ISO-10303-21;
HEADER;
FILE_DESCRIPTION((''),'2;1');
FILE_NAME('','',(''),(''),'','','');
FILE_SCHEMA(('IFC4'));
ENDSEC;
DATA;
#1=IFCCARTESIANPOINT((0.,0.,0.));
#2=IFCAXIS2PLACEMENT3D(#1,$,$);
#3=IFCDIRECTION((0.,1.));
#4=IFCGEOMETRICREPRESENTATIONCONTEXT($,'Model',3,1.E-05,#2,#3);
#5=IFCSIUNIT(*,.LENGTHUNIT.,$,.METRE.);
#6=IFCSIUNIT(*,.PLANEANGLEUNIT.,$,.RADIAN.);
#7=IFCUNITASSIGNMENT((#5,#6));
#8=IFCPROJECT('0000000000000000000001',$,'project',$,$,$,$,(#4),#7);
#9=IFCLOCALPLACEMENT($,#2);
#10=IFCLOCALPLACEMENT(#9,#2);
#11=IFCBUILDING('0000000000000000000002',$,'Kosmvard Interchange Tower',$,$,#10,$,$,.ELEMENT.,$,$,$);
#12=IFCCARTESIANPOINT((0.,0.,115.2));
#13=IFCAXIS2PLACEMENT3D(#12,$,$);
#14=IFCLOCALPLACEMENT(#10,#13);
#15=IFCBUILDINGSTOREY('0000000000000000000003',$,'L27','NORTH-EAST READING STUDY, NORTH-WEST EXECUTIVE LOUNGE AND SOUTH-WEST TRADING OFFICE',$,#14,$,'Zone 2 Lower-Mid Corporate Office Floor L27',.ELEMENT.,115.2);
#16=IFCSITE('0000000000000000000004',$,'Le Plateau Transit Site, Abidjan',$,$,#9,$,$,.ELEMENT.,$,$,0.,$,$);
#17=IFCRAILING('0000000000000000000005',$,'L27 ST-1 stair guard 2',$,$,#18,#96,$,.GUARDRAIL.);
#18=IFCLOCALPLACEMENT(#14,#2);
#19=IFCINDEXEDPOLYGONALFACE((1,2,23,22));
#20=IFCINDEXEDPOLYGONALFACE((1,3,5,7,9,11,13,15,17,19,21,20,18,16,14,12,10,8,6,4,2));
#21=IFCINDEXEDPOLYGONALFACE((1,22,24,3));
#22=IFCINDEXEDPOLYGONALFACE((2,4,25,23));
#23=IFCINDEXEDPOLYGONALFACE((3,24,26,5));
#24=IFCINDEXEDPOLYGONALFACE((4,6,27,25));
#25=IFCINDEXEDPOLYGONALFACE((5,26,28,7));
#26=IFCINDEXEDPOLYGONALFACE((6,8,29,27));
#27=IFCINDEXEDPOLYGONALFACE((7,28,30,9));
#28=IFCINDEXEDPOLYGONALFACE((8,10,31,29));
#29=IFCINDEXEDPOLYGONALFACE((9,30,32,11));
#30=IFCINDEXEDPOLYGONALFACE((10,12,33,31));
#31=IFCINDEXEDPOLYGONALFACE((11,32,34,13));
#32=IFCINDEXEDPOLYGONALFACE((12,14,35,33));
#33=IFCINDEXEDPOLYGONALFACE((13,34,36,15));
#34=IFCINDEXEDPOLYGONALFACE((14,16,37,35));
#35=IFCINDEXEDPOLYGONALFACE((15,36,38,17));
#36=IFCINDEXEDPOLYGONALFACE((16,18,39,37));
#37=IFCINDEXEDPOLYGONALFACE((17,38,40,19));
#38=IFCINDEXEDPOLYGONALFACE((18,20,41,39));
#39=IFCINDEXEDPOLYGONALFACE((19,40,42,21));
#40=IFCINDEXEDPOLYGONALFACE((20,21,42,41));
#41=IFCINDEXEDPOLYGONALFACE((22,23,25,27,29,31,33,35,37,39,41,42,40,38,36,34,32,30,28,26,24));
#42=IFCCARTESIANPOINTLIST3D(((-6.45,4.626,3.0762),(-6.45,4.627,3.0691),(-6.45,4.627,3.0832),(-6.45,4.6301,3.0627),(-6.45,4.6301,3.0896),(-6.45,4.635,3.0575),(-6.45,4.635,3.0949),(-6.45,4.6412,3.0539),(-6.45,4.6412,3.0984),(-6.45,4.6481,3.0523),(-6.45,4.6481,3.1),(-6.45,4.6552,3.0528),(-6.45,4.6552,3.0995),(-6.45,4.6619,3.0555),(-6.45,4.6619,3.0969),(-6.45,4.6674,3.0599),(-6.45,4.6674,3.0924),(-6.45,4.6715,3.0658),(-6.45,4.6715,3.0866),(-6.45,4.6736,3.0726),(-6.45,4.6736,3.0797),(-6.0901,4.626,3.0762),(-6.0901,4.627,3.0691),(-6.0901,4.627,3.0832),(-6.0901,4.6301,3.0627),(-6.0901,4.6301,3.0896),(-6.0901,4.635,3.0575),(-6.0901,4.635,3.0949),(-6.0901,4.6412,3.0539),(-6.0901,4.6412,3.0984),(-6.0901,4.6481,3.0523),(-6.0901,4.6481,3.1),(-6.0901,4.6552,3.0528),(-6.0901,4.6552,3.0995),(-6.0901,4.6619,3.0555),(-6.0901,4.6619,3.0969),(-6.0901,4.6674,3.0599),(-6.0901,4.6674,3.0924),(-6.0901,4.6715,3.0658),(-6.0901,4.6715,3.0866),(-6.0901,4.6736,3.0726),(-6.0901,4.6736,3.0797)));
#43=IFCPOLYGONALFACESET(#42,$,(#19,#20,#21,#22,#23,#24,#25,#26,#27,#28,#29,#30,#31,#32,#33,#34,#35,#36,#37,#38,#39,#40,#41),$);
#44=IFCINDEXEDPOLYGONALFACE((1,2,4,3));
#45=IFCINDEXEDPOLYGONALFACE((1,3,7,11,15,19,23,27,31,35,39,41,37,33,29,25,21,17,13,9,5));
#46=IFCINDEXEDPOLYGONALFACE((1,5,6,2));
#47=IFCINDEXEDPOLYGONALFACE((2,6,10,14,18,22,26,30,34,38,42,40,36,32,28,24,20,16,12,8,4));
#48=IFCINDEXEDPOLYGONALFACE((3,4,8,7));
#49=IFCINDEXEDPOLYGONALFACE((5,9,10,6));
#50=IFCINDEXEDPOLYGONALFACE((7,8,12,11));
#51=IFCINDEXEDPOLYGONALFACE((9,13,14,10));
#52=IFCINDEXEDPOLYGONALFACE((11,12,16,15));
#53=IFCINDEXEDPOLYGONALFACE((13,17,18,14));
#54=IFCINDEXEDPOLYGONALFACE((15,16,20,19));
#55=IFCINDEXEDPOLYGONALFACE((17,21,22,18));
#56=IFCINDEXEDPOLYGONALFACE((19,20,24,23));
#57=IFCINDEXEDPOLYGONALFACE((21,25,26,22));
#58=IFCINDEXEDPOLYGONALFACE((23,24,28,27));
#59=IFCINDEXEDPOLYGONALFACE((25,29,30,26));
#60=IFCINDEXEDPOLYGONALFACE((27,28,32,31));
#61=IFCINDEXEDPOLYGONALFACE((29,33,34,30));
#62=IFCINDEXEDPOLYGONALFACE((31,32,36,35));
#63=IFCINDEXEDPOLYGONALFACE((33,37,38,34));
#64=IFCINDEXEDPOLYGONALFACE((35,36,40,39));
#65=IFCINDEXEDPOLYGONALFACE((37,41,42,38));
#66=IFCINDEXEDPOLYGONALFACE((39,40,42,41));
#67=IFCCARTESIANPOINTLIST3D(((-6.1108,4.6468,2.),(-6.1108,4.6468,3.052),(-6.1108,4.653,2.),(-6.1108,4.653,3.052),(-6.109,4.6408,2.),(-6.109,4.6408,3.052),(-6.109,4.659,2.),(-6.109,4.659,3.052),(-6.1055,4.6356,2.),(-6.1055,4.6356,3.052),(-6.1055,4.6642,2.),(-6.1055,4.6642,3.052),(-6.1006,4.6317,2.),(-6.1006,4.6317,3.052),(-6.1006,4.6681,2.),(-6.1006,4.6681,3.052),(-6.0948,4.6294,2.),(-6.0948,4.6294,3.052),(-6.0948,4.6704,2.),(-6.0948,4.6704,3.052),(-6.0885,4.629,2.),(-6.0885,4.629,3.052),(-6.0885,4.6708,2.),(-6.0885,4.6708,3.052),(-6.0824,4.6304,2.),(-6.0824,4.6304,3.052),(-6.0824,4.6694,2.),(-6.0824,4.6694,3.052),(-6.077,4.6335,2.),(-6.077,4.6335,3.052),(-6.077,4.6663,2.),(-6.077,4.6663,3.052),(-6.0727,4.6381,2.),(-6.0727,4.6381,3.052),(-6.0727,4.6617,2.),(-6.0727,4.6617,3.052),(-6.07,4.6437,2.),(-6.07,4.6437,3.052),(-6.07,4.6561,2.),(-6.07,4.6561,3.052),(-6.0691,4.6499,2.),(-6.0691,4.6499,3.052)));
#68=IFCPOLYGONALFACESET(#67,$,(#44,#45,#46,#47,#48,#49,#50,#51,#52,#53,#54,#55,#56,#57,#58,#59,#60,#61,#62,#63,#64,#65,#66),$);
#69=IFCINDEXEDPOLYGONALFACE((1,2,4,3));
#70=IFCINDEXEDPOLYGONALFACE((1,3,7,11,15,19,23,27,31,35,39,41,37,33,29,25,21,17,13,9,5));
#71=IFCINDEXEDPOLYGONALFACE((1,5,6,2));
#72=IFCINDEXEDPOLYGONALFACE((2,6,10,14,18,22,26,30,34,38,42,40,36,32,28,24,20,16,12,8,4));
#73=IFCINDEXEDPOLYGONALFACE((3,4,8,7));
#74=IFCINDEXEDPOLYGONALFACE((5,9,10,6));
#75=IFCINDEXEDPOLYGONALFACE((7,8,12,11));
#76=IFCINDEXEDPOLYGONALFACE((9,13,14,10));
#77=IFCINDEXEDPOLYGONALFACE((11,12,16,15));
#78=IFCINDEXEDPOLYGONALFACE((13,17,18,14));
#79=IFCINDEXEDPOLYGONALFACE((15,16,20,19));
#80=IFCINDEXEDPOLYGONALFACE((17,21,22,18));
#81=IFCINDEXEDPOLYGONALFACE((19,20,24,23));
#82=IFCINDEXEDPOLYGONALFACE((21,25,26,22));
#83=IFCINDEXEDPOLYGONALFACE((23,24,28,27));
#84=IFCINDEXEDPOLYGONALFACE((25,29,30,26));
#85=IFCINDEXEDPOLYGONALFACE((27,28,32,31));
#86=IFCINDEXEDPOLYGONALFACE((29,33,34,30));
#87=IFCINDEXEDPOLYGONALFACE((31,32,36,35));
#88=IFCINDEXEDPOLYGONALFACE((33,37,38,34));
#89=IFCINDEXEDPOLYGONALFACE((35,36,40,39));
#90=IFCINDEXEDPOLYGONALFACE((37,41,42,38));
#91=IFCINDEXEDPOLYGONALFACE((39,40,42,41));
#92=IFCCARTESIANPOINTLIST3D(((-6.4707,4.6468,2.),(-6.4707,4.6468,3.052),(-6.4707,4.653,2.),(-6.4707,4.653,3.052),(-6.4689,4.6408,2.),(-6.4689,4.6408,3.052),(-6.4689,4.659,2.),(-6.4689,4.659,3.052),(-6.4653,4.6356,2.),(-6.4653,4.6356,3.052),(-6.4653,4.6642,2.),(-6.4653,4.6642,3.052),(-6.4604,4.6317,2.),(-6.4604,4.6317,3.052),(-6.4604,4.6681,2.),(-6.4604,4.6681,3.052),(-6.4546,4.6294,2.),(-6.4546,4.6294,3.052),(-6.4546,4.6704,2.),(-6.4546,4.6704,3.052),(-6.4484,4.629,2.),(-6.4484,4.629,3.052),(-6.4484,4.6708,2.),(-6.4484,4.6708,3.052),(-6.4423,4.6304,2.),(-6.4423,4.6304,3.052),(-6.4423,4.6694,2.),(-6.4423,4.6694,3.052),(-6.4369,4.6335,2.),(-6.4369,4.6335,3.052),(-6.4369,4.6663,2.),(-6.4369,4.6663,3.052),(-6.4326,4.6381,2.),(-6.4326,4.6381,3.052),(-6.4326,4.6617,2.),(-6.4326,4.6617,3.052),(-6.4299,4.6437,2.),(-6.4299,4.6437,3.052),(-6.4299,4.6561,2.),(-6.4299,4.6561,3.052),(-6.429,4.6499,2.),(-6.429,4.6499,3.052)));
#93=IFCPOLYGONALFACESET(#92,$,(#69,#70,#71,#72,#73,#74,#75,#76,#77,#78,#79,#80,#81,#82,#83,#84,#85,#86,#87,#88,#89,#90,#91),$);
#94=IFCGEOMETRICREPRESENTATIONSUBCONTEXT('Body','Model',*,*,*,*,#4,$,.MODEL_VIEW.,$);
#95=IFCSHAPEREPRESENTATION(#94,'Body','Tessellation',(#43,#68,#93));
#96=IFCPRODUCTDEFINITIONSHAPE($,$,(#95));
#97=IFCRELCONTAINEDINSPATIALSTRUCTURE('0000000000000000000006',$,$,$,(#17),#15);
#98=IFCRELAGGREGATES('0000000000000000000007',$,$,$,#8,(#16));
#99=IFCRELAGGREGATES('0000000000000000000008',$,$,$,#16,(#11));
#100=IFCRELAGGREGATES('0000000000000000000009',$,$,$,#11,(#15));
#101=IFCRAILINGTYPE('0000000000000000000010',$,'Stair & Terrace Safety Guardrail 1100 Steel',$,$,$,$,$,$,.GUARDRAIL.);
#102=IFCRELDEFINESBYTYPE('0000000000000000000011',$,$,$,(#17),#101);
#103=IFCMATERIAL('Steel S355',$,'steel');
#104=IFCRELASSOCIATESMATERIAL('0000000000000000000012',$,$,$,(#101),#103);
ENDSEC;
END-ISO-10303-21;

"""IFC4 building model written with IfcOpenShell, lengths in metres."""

from ifc_helpers import new_model, si_unit, direction, frame, origin, origin_2d, place, context, subcontext, project, spatial, circle, extrude, source, transform, mapped, material, type_object, element, save


model = new_model("IFC4")

# Units and contexts
model_context = context("Model", 3, precision=1e-05, world=origin(), true_north=direction((0.0, 1.0)))
body_context = subcontext(model_context, "Body", "Model", "MODEL_VIEW")
ifc_project = project(units=[si_unit("LENGTHUNIT", "METRE"), si_unit("PLANEANGLEUNIT", "RADIAN")], contexts=[model_context])

# Site, building, storey
site_placement = place(None, origin())
site = spatial("IfcSite", under=ifc_project, at=site_placement, Name="Le Plateau Transit Site, Abidjan", CompositionType="ELEMENT", RefElevation=0.0)
building_placement = place(site_placement, origin())
building = spatial("IfcBuilding", under=site, at=building_placement, Name="Kosmvard Interchange Tower", CompositionType="ELEMENT")
storey_placement = place(building_placement, frame((0.0, 0.0, 115.2)))
storey = spatial("IfcBuildingStorey", under=building, at=storey_placement, Name="L27", Description="NORTH-EAST READING STUDY, NORTH-WEST EXECUTIVE LOUNGE AND SOUTH-WEST TRADING OFFICE", LongName="Zone 2 Lower-Mid Corporate Office Floor L27", CompositionType="ELEMENT", Elevation=115.2)

# Shared definitions
ifc_material_1 = material(Name="Steel S355", Category="steel")

# Railing
railing_type_1 = type_object("IfcRailingType", Name="Stair & Terrace Safety Guardrail 1100 Steel", PredefinedType="GUARDRAIL", material=ifc_material_1)
shared_shape_1 = source(origin(), body_context, "Body", "SweptSolid", [
    extrude(circle(Radius=0.0239, at=origin_2d()), frame((0.0, 0.0, 1.0762), z_axis=(-1.0, 0.0, 0.0), x_axis=(0.0, -1.0, 0.0)), (0.0, 0.0, 1.0), 0.3599),
    extrude(circle(Radius=0.021, at=origin_2d()), origin(), (0.0, 0.0, 1.0), 1.052),
    extrude(circle(Radius=0.021, at=origin_2d()), frame((-0.3599, 0.0, 0.0)), (0.0, 0.0, 1.0), 1.052),
])
railing_1_placement = place(storey_placement, frame((-6.0901, 4.6499, 2.0)))
element("IfcRailing", 1, at=railing_1_placement, inside=storey, type_object=railing_type_1, Name="L27 ST-1 stair guard 2", PredefinedType="GUARDRAIL", context=body_context, shape_type="MappedRepresentation", body=[
    mapped(shared_shape_1, transform((0.0, 0.0, 0.0), scale=1.0)),
])

save(model, "model.ifc")
